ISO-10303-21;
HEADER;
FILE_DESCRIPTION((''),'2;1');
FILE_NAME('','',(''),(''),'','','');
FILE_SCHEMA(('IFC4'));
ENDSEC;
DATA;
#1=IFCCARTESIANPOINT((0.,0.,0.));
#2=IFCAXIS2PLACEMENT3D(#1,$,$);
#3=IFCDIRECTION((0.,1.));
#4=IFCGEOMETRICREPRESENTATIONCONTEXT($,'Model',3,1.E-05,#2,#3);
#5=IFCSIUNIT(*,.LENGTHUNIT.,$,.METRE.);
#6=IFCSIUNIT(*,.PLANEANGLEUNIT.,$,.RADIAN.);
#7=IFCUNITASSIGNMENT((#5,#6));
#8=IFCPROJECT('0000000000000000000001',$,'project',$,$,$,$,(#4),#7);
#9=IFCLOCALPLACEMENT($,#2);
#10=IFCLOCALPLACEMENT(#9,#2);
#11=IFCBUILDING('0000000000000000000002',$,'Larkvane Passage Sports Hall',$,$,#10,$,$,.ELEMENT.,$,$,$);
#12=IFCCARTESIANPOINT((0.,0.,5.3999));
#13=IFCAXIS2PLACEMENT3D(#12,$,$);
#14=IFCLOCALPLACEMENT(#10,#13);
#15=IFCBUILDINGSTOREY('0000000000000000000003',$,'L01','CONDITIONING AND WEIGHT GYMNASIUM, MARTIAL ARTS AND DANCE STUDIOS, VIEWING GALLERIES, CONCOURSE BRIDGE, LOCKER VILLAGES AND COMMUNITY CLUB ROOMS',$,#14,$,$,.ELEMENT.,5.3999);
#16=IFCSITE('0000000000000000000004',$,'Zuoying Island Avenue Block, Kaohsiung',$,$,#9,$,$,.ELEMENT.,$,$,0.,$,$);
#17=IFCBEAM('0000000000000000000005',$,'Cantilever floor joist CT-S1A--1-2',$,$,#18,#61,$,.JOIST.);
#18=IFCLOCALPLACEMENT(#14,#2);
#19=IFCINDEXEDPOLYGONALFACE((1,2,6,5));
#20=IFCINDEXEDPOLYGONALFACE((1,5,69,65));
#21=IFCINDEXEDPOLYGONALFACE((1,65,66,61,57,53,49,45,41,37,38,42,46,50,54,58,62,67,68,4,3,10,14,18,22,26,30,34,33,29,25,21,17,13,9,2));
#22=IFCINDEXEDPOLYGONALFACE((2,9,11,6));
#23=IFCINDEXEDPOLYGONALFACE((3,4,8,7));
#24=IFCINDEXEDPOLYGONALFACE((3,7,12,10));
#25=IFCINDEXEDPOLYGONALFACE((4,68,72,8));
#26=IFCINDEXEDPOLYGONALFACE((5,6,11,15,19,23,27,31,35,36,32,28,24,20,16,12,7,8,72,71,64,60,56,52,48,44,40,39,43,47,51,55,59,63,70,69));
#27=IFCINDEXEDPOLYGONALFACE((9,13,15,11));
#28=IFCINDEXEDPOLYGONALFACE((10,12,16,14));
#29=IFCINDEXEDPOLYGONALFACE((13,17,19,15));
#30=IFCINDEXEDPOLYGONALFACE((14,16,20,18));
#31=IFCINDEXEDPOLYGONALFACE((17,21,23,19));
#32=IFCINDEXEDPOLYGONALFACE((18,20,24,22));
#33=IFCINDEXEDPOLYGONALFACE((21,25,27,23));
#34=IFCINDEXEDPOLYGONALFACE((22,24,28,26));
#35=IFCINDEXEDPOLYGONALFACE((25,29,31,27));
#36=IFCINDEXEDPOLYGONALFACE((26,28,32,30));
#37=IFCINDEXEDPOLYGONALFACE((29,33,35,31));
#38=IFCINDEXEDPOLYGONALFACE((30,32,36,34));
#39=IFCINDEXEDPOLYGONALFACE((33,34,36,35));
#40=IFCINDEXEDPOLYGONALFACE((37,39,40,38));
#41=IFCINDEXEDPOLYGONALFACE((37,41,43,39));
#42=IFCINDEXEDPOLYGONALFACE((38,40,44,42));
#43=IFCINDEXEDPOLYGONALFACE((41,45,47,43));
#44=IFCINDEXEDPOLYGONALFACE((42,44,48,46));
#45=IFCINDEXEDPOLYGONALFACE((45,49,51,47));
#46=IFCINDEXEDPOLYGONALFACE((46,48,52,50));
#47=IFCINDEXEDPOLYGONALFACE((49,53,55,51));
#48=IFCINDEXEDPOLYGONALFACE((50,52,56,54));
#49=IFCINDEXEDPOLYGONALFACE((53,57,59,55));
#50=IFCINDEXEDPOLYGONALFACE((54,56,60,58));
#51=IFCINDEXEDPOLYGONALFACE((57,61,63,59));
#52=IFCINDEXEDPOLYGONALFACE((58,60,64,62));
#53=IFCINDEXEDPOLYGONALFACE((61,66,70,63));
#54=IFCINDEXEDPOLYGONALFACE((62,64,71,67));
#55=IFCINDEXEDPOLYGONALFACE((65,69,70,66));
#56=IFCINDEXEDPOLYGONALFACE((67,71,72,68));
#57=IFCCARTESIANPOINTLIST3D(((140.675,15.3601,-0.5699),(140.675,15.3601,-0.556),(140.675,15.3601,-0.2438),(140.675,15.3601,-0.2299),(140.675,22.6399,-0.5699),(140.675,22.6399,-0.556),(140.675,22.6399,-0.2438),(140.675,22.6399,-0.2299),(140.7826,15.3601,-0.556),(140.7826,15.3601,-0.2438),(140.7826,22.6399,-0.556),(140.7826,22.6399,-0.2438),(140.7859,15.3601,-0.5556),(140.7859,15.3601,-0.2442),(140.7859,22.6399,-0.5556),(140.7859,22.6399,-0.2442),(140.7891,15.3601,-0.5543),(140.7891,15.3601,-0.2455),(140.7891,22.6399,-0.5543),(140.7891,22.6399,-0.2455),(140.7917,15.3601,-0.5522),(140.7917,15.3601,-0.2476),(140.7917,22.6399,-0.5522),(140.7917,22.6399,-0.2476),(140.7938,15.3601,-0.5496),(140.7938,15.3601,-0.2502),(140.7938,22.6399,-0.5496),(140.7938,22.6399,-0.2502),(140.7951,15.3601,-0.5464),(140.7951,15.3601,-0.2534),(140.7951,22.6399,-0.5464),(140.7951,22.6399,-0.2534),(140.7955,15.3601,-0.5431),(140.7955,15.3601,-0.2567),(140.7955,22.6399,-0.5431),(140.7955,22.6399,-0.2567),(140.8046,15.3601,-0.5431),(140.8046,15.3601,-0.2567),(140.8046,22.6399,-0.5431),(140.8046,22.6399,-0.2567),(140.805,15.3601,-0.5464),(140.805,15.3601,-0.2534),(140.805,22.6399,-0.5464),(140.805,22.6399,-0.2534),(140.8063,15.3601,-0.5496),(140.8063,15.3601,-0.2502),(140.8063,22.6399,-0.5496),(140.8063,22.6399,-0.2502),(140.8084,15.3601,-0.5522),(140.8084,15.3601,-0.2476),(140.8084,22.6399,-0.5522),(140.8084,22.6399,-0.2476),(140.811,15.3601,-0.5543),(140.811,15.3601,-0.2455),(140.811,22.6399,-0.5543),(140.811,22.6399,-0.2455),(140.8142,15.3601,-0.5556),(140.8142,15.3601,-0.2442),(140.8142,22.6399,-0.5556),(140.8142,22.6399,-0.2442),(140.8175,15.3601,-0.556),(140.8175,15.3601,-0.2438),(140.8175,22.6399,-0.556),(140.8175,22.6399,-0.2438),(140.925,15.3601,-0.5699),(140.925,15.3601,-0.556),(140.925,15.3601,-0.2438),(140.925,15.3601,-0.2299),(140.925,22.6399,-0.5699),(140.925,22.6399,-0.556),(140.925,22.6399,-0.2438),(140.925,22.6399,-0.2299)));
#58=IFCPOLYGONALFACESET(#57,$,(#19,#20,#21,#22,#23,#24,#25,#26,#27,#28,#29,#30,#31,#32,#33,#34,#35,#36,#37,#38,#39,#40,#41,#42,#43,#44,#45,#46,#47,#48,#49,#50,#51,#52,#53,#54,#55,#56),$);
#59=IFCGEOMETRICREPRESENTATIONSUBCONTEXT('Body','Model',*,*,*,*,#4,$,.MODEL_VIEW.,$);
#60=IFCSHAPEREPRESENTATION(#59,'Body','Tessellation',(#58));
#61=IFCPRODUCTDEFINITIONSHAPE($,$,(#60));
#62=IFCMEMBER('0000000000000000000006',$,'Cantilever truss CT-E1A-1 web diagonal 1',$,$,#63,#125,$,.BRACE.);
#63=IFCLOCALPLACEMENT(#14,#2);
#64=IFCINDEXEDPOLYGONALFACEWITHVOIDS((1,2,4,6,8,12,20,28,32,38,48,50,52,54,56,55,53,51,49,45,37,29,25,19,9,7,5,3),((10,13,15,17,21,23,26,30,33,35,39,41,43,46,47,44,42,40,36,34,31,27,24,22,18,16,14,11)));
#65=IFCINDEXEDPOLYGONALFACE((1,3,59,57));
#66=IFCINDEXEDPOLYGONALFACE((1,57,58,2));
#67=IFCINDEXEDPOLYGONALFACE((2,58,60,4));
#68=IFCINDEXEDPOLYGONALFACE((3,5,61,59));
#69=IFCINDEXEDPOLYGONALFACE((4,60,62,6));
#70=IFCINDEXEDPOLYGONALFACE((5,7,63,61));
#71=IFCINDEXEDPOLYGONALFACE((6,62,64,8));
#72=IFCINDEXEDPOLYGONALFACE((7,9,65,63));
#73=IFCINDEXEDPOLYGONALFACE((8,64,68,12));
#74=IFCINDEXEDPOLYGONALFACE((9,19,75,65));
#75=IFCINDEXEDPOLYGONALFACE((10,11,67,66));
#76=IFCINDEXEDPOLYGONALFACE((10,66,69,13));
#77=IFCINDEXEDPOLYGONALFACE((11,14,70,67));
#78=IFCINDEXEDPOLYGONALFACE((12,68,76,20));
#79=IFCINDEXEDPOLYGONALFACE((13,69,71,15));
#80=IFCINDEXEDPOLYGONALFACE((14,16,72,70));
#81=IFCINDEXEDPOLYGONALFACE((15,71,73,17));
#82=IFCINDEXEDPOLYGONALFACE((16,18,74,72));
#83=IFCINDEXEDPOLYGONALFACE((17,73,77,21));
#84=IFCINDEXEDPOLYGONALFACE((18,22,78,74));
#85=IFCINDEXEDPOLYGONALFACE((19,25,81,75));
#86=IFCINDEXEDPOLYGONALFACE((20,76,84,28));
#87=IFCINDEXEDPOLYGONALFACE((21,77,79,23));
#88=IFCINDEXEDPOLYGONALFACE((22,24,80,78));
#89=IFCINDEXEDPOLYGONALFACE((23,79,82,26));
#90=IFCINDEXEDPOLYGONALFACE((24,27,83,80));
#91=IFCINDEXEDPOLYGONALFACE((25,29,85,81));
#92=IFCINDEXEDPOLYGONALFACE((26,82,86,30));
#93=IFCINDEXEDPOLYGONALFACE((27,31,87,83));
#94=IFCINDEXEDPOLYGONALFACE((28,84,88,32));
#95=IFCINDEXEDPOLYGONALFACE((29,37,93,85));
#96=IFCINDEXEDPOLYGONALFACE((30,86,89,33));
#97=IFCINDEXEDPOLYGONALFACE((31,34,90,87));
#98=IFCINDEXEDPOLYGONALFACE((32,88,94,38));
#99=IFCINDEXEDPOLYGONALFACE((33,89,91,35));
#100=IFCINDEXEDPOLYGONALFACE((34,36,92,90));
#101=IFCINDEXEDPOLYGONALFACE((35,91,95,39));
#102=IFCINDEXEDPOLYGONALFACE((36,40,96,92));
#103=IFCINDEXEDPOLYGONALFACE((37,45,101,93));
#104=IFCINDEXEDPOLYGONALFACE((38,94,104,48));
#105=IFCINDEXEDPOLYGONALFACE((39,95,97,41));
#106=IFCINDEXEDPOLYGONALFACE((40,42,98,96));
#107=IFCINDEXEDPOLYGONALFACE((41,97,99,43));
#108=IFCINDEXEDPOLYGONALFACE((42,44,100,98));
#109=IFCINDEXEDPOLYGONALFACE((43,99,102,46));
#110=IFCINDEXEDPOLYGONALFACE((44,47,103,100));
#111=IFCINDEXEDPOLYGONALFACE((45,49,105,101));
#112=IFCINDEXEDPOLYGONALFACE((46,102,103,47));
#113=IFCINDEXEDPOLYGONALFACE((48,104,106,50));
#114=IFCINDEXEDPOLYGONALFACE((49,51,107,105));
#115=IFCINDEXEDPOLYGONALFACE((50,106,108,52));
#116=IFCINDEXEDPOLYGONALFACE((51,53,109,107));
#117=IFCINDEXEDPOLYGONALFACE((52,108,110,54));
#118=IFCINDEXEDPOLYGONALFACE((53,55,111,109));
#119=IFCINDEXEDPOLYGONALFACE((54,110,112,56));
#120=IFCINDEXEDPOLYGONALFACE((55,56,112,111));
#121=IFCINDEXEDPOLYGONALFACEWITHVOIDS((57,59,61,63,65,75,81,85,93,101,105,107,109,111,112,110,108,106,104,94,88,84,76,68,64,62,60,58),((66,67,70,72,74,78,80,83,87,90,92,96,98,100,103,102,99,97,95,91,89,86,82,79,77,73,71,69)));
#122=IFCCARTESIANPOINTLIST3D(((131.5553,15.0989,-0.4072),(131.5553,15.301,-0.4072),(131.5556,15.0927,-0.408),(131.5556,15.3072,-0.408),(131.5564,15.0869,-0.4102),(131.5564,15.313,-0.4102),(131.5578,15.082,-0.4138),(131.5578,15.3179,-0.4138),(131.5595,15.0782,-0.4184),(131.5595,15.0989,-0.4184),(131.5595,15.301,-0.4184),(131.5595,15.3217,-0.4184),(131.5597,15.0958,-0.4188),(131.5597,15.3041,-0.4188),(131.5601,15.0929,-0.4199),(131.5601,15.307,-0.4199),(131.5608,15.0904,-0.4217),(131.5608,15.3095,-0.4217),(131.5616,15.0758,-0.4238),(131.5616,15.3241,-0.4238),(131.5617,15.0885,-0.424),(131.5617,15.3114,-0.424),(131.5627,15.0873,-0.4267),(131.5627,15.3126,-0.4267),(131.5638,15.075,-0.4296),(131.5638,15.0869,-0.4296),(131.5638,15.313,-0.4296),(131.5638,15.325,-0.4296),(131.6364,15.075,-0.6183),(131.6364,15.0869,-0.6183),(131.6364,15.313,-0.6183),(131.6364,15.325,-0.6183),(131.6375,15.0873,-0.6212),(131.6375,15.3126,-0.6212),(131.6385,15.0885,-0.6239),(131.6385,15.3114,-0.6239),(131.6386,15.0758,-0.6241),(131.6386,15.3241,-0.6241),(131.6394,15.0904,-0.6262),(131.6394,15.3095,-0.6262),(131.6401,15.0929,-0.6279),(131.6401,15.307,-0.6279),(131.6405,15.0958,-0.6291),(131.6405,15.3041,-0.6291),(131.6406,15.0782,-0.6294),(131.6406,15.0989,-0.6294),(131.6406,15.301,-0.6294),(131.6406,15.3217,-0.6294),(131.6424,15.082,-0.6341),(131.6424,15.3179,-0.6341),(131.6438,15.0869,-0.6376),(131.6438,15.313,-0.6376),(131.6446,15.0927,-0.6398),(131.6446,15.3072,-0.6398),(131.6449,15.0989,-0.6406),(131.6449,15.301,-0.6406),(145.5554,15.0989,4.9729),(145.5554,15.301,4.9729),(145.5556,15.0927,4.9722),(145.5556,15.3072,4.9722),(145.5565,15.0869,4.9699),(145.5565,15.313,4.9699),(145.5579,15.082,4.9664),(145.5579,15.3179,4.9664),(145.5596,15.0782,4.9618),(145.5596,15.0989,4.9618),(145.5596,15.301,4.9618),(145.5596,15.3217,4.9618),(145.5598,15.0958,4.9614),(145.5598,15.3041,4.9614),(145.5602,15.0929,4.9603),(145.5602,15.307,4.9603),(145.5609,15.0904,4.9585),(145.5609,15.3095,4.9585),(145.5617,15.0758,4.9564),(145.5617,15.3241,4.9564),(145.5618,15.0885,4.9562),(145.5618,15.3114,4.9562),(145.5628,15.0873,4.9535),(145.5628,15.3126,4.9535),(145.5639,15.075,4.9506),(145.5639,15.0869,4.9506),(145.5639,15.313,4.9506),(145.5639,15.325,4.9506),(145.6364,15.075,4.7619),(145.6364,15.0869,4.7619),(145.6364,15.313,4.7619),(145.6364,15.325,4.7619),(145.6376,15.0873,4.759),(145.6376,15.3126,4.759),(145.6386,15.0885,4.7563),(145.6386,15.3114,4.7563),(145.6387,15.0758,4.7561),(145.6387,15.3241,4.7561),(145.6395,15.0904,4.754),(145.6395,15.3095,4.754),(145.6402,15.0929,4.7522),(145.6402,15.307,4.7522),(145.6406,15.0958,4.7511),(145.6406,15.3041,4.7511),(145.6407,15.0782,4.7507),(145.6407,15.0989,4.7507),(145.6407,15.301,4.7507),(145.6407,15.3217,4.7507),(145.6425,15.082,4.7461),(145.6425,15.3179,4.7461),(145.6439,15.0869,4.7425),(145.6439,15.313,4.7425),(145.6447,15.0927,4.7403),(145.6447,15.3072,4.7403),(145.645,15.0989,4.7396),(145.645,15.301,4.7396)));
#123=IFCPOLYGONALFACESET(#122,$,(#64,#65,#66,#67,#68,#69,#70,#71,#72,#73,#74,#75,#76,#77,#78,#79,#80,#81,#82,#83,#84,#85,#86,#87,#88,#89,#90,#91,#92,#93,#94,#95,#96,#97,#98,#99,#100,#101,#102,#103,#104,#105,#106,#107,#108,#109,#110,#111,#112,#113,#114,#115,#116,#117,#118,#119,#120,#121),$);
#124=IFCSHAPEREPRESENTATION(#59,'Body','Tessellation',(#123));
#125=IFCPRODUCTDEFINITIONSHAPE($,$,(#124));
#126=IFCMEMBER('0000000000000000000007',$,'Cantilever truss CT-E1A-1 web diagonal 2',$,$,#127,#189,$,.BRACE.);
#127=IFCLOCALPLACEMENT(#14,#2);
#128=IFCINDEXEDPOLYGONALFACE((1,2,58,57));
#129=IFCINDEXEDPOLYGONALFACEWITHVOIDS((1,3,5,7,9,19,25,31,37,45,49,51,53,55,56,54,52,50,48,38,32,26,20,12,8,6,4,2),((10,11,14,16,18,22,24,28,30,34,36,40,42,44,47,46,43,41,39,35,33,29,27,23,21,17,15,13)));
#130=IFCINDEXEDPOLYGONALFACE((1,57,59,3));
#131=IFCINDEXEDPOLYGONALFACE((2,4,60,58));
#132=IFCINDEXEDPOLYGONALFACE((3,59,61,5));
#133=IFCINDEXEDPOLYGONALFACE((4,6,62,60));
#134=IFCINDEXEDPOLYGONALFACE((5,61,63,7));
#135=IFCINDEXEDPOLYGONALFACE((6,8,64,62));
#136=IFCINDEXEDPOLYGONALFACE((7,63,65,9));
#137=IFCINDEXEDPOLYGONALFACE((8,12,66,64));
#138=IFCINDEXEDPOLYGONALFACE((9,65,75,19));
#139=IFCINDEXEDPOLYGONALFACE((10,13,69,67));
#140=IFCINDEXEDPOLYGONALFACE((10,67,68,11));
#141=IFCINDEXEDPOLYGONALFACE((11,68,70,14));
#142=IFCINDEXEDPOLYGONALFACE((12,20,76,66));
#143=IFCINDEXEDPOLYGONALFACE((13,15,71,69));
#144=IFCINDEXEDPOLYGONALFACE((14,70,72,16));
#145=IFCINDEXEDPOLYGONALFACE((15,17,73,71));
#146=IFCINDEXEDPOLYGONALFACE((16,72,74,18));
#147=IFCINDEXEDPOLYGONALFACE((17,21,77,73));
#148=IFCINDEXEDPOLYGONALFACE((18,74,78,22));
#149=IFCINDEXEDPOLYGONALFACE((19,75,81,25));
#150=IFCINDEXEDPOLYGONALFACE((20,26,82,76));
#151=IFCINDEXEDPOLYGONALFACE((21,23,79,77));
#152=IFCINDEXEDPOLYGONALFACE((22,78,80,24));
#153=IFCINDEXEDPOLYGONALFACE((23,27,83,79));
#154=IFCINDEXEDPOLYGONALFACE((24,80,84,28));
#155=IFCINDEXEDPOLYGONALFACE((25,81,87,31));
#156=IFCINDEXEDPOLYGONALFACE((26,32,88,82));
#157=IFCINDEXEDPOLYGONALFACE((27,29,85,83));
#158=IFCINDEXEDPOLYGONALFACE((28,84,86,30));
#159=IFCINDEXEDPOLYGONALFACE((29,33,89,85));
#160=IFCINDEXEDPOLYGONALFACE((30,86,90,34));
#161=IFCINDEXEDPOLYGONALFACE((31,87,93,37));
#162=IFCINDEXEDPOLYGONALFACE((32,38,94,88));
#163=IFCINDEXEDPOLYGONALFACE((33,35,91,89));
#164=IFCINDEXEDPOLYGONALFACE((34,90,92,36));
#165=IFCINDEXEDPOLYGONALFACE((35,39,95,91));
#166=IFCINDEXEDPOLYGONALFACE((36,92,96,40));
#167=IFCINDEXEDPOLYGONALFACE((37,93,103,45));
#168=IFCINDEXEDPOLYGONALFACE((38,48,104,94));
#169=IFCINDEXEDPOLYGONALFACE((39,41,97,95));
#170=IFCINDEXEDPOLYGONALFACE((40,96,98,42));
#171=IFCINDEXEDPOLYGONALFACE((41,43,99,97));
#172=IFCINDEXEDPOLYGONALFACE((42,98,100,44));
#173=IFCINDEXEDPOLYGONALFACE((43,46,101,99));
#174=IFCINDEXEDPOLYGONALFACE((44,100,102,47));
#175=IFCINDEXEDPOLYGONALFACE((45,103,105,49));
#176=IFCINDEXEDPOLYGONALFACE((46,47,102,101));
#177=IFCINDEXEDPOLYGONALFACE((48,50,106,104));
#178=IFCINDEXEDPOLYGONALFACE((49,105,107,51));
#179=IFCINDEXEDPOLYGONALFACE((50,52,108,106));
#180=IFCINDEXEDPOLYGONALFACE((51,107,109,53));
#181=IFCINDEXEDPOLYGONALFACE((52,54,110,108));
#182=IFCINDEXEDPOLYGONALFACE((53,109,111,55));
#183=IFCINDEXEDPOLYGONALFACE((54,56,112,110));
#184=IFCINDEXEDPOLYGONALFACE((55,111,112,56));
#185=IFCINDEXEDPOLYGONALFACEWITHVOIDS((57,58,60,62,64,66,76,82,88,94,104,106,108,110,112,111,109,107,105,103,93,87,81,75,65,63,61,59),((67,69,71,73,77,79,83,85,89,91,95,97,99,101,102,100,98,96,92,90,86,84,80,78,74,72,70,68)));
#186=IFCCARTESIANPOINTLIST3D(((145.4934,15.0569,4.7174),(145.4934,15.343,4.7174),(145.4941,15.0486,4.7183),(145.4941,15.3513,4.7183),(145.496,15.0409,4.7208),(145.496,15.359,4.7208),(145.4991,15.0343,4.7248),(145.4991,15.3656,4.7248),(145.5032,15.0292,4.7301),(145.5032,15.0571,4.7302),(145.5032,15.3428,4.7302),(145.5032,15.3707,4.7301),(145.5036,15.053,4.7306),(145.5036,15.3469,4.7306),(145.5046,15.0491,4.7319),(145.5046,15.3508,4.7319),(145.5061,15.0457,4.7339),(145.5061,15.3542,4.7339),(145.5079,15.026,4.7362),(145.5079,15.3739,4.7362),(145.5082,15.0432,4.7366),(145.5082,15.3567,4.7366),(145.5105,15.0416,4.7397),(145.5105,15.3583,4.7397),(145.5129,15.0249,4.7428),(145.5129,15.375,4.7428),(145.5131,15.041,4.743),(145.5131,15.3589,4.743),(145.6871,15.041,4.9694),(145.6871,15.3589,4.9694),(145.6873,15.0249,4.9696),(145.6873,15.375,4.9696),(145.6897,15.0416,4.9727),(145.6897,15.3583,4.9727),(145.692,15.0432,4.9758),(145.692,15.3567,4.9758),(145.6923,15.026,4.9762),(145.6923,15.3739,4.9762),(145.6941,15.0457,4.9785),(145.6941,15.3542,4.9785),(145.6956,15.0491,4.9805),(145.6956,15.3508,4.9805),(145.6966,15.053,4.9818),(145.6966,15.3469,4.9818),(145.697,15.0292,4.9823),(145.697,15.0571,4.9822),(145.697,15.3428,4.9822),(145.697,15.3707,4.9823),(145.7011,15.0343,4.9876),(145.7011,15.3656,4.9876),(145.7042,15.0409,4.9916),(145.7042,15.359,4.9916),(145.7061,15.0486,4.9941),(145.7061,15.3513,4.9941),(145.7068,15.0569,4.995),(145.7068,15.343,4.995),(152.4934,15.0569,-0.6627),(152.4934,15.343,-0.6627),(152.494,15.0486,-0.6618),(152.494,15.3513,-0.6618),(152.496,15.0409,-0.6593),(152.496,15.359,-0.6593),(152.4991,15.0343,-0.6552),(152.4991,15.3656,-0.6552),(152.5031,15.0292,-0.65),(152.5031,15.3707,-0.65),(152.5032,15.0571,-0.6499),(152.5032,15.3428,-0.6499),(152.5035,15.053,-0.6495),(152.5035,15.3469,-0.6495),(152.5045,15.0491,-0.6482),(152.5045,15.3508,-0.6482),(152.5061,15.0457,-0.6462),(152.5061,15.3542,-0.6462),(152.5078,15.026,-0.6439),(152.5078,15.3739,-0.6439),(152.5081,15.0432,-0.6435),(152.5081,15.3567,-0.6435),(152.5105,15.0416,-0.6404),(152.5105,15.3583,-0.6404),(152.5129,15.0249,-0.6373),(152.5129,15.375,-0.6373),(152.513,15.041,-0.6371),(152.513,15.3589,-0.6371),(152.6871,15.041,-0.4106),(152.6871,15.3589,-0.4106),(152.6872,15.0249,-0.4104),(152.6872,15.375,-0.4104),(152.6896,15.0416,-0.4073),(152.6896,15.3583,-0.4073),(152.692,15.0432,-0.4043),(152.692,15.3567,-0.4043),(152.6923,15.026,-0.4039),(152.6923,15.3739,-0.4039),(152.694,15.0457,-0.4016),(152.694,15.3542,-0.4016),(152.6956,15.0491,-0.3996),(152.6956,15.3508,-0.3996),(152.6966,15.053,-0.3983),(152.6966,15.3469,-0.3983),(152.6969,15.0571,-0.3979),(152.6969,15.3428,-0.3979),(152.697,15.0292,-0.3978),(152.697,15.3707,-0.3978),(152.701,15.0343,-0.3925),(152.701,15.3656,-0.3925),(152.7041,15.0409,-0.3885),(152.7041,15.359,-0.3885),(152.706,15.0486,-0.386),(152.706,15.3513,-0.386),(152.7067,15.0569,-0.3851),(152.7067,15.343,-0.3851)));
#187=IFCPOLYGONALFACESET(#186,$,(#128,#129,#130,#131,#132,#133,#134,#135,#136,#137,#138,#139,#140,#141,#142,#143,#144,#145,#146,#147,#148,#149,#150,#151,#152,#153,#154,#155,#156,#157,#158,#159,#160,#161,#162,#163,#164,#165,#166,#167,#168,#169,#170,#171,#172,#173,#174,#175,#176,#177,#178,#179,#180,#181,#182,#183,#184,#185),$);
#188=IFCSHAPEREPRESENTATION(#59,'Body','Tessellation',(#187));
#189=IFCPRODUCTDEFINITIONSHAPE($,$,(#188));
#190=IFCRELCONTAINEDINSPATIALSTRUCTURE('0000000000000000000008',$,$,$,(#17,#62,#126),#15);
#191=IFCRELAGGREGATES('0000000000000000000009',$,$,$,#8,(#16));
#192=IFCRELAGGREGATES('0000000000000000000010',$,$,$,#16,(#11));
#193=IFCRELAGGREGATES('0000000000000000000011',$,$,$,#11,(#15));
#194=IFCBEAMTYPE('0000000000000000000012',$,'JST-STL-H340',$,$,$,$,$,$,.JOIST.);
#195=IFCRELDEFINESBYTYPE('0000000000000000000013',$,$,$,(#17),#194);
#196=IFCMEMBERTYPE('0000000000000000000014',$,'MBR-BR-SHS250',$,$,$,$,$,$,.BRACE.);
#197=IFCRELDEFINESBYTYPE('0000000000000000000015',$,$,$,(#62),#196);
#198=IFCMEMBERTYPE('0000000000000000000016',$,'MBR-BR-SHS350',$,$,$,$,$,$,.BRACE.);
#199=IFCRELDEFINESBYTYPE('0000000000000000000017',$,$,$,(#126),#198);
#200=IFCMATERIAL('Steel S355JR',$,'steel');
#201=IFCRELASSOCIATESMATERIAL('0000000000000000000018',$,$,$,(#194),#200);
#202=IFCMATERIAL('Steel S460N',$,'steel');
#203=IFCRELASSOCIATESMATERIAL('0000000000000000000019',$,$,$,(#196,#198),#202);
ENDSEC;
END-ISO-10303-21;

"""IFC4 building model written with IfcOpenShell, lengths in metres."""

from ifc_helpers import new_model, si_unit, direction, frame, origin, origin_2d, place, context, subcontext, project, spatial, hollow_rectangle, i_section, extrude, material, material_profile, profile_set, type_object, element, save


model = new_model("IFC4")

# Units and contexts
model_context = context("Model", 3, precision=1e-05, world=origin(), true_north=direction((0.0, 1.0)))
body_context = subcontext(model_context, "Body", "Model", "MODEL_VIEW")
ifc_project = project(units=[si_unit("LENGTHUNIT", "METRE"), si_unit("PLANEANGLEUNIT", "RADIAN")], contexts=[model_context])

# Site, building, storey
site_placement = place(None, origin())
site = spatial("IfcSite", under=ifc_project, at=site_placement, Name="Zuoying Island Avenue Block, Kaohsiung", CompositionType="ELEMENT", RefElevation=0.0)
building_placement = place(site_placement, origin())
building = spatial("IfcBuilding", under=site, at=building_placement, Name="Larkvane Passage Sports Hall", CompositionType="ELEMENT")
storey_placement = place(building_placement, frame((0.0, 0.0, 5.3999)))
storey = spatial("IfcBuildingStorey", under=building, at=storey_placement, Name="L01", Description="CONDITIONING AND WEIGHT GYMNASIUM, MARTIAL ARTS AND DANCE STUDIOS, VIEWING GALLERIES, CONCOURSE BRIDGE, LOCKER VILLAGES AND COMMUNITY CLUB ROOMS", CompositionType="ELEMENT", Elevation=5.3999)

# Shared definitions
ifc_material_1 = material(Name="Steel S460N", Category="steel")

# Beam
ifc_material_2 = material(Name="Steel S355JR", Category="steel")
ifc_material_profile_1 = material_profile(ifc_material_2, i_section(OverallWidth=0.25, OverallDepth=0.3401, WebThickness=0.009, FlangeThickness=0.0139, FilletRadius=0.0129, at=origin_2d()), Name="H-340x250x9x14")
ifc_profile_set_1 = profile_set([ifc_material_profile_1], Name="Steel S355JR")
beam_type_1 = type_object("IfcBeamType", Name="JST-STL-H340", PredefinedType="JOIST", material=ifc_profile_set_1)
beam_1_placement = place(storey_placement, frame((140.8, 15.3601, -0.3999), z_axis=(0.0, 1.0, 0.0), x_axis=(-1.0, 0.0, 0.0)))
element("IfcBeam", 1, at=beam_1_placement, inside=storey, type_object=beam_type_1, Name="Cantilever floor joist CT-S1A--1-2", PredefinedType="JOIST", context=body_context, shape_type="SweptSolid", body=[
    extrude(i_section(OverallWidth=0.25, OverallDepth=0.3401, WebThickness=0.009, FlangeThickness=0.0139, FilletRadius=0.0129, at=origin_2d()), origin(), (0.0, 0.0, 1.0), 7.2798),
])

# Members
ifc_material_profile_2 = material_profile(ifc_material_1, hollow_rectangle(XDim=0.25, YDim=0.25, WallThickness=0.012, InnerFilletRadius=0.012, OuterFilletRadius=0.0239, at=origin_2d()), Name="SHS-250x250x12")
ifc_profile_set_2 = profile_set([ifc_material_profile_2], Name="Steel S460N")
member_type_1 = type_object("IfcMemberType", Name="MBR-BR-SHS250", PredefinedType="BRACE", material=ifc_profile_set_2)
member_1_placement = place(storey_placement, frame((131.6001, 15.2, -0.5239), z_axis=(0.933446, 0.0, 0.358718), x_axis=(0.0, 1.0, 0.0)))
element("IfcMember", 2, at=member_1_placement, inside=storey, type_object=member_type_1, Name="Cantilever truss CT-E1A-1 web diagonal 1", PredefinedType="BRACE", context=body_context, shape_type="SweptSolid", body=[
    extrude(hollow_rectangle(XDim=0.25, YDim=0.25, WallThickness=0.012, InnerFilletRadius=0.012, OuterFilletRadius=0.0239, at=origin_2d()), origin(), (0.0, 0.0, 1.0), 14.9983),
])
ifc_material_profile_3 = material_profile(ifc_material_1, hollow_rectangle(XDim=0.3501, YDim=0.3501, WallThickness=0.0161, InnerFilletRadius=0.0161, OuterFilletRadius=0.032, at=origin_2d()), Name="SHS-350x350x16")
ifc_profile_set_3 = profile_set([ifc_material_profile_3], Name="Steel S460N")
member_type_2 = type_object("IfcMemberType", Name="MBR-BR-SHS350", PredefinedType="BRACE", material=ifc_profile_set_3)
member_2_placement = place(storey_placement, frame((145.6001, 15.2, 4.8562), z_axis=(0.79287, 0.0, -0.609391), x_axis=(0.0, 1.0, 0.0)))
element("IfcMember", 3, at=member_2_placement, inside=storey, type_object=member_type_2, Name="Cantilever truss CT-E1A-1 web diagonal 2", PredefinedType="BRACE", context=body_context, shape_type="SweptSolid", body=[
    extrude(hollow_rectangle(XDim=0.3501, YDim=0.3501, WallThickness=0.0161, InnerFilletRadius=0.0161, OuterFilletRadius=0.032, at=origin_2d()), origin(), (0.0, 0.0, 1.0), 8.8286),
])

save(model, "model.ifc")
